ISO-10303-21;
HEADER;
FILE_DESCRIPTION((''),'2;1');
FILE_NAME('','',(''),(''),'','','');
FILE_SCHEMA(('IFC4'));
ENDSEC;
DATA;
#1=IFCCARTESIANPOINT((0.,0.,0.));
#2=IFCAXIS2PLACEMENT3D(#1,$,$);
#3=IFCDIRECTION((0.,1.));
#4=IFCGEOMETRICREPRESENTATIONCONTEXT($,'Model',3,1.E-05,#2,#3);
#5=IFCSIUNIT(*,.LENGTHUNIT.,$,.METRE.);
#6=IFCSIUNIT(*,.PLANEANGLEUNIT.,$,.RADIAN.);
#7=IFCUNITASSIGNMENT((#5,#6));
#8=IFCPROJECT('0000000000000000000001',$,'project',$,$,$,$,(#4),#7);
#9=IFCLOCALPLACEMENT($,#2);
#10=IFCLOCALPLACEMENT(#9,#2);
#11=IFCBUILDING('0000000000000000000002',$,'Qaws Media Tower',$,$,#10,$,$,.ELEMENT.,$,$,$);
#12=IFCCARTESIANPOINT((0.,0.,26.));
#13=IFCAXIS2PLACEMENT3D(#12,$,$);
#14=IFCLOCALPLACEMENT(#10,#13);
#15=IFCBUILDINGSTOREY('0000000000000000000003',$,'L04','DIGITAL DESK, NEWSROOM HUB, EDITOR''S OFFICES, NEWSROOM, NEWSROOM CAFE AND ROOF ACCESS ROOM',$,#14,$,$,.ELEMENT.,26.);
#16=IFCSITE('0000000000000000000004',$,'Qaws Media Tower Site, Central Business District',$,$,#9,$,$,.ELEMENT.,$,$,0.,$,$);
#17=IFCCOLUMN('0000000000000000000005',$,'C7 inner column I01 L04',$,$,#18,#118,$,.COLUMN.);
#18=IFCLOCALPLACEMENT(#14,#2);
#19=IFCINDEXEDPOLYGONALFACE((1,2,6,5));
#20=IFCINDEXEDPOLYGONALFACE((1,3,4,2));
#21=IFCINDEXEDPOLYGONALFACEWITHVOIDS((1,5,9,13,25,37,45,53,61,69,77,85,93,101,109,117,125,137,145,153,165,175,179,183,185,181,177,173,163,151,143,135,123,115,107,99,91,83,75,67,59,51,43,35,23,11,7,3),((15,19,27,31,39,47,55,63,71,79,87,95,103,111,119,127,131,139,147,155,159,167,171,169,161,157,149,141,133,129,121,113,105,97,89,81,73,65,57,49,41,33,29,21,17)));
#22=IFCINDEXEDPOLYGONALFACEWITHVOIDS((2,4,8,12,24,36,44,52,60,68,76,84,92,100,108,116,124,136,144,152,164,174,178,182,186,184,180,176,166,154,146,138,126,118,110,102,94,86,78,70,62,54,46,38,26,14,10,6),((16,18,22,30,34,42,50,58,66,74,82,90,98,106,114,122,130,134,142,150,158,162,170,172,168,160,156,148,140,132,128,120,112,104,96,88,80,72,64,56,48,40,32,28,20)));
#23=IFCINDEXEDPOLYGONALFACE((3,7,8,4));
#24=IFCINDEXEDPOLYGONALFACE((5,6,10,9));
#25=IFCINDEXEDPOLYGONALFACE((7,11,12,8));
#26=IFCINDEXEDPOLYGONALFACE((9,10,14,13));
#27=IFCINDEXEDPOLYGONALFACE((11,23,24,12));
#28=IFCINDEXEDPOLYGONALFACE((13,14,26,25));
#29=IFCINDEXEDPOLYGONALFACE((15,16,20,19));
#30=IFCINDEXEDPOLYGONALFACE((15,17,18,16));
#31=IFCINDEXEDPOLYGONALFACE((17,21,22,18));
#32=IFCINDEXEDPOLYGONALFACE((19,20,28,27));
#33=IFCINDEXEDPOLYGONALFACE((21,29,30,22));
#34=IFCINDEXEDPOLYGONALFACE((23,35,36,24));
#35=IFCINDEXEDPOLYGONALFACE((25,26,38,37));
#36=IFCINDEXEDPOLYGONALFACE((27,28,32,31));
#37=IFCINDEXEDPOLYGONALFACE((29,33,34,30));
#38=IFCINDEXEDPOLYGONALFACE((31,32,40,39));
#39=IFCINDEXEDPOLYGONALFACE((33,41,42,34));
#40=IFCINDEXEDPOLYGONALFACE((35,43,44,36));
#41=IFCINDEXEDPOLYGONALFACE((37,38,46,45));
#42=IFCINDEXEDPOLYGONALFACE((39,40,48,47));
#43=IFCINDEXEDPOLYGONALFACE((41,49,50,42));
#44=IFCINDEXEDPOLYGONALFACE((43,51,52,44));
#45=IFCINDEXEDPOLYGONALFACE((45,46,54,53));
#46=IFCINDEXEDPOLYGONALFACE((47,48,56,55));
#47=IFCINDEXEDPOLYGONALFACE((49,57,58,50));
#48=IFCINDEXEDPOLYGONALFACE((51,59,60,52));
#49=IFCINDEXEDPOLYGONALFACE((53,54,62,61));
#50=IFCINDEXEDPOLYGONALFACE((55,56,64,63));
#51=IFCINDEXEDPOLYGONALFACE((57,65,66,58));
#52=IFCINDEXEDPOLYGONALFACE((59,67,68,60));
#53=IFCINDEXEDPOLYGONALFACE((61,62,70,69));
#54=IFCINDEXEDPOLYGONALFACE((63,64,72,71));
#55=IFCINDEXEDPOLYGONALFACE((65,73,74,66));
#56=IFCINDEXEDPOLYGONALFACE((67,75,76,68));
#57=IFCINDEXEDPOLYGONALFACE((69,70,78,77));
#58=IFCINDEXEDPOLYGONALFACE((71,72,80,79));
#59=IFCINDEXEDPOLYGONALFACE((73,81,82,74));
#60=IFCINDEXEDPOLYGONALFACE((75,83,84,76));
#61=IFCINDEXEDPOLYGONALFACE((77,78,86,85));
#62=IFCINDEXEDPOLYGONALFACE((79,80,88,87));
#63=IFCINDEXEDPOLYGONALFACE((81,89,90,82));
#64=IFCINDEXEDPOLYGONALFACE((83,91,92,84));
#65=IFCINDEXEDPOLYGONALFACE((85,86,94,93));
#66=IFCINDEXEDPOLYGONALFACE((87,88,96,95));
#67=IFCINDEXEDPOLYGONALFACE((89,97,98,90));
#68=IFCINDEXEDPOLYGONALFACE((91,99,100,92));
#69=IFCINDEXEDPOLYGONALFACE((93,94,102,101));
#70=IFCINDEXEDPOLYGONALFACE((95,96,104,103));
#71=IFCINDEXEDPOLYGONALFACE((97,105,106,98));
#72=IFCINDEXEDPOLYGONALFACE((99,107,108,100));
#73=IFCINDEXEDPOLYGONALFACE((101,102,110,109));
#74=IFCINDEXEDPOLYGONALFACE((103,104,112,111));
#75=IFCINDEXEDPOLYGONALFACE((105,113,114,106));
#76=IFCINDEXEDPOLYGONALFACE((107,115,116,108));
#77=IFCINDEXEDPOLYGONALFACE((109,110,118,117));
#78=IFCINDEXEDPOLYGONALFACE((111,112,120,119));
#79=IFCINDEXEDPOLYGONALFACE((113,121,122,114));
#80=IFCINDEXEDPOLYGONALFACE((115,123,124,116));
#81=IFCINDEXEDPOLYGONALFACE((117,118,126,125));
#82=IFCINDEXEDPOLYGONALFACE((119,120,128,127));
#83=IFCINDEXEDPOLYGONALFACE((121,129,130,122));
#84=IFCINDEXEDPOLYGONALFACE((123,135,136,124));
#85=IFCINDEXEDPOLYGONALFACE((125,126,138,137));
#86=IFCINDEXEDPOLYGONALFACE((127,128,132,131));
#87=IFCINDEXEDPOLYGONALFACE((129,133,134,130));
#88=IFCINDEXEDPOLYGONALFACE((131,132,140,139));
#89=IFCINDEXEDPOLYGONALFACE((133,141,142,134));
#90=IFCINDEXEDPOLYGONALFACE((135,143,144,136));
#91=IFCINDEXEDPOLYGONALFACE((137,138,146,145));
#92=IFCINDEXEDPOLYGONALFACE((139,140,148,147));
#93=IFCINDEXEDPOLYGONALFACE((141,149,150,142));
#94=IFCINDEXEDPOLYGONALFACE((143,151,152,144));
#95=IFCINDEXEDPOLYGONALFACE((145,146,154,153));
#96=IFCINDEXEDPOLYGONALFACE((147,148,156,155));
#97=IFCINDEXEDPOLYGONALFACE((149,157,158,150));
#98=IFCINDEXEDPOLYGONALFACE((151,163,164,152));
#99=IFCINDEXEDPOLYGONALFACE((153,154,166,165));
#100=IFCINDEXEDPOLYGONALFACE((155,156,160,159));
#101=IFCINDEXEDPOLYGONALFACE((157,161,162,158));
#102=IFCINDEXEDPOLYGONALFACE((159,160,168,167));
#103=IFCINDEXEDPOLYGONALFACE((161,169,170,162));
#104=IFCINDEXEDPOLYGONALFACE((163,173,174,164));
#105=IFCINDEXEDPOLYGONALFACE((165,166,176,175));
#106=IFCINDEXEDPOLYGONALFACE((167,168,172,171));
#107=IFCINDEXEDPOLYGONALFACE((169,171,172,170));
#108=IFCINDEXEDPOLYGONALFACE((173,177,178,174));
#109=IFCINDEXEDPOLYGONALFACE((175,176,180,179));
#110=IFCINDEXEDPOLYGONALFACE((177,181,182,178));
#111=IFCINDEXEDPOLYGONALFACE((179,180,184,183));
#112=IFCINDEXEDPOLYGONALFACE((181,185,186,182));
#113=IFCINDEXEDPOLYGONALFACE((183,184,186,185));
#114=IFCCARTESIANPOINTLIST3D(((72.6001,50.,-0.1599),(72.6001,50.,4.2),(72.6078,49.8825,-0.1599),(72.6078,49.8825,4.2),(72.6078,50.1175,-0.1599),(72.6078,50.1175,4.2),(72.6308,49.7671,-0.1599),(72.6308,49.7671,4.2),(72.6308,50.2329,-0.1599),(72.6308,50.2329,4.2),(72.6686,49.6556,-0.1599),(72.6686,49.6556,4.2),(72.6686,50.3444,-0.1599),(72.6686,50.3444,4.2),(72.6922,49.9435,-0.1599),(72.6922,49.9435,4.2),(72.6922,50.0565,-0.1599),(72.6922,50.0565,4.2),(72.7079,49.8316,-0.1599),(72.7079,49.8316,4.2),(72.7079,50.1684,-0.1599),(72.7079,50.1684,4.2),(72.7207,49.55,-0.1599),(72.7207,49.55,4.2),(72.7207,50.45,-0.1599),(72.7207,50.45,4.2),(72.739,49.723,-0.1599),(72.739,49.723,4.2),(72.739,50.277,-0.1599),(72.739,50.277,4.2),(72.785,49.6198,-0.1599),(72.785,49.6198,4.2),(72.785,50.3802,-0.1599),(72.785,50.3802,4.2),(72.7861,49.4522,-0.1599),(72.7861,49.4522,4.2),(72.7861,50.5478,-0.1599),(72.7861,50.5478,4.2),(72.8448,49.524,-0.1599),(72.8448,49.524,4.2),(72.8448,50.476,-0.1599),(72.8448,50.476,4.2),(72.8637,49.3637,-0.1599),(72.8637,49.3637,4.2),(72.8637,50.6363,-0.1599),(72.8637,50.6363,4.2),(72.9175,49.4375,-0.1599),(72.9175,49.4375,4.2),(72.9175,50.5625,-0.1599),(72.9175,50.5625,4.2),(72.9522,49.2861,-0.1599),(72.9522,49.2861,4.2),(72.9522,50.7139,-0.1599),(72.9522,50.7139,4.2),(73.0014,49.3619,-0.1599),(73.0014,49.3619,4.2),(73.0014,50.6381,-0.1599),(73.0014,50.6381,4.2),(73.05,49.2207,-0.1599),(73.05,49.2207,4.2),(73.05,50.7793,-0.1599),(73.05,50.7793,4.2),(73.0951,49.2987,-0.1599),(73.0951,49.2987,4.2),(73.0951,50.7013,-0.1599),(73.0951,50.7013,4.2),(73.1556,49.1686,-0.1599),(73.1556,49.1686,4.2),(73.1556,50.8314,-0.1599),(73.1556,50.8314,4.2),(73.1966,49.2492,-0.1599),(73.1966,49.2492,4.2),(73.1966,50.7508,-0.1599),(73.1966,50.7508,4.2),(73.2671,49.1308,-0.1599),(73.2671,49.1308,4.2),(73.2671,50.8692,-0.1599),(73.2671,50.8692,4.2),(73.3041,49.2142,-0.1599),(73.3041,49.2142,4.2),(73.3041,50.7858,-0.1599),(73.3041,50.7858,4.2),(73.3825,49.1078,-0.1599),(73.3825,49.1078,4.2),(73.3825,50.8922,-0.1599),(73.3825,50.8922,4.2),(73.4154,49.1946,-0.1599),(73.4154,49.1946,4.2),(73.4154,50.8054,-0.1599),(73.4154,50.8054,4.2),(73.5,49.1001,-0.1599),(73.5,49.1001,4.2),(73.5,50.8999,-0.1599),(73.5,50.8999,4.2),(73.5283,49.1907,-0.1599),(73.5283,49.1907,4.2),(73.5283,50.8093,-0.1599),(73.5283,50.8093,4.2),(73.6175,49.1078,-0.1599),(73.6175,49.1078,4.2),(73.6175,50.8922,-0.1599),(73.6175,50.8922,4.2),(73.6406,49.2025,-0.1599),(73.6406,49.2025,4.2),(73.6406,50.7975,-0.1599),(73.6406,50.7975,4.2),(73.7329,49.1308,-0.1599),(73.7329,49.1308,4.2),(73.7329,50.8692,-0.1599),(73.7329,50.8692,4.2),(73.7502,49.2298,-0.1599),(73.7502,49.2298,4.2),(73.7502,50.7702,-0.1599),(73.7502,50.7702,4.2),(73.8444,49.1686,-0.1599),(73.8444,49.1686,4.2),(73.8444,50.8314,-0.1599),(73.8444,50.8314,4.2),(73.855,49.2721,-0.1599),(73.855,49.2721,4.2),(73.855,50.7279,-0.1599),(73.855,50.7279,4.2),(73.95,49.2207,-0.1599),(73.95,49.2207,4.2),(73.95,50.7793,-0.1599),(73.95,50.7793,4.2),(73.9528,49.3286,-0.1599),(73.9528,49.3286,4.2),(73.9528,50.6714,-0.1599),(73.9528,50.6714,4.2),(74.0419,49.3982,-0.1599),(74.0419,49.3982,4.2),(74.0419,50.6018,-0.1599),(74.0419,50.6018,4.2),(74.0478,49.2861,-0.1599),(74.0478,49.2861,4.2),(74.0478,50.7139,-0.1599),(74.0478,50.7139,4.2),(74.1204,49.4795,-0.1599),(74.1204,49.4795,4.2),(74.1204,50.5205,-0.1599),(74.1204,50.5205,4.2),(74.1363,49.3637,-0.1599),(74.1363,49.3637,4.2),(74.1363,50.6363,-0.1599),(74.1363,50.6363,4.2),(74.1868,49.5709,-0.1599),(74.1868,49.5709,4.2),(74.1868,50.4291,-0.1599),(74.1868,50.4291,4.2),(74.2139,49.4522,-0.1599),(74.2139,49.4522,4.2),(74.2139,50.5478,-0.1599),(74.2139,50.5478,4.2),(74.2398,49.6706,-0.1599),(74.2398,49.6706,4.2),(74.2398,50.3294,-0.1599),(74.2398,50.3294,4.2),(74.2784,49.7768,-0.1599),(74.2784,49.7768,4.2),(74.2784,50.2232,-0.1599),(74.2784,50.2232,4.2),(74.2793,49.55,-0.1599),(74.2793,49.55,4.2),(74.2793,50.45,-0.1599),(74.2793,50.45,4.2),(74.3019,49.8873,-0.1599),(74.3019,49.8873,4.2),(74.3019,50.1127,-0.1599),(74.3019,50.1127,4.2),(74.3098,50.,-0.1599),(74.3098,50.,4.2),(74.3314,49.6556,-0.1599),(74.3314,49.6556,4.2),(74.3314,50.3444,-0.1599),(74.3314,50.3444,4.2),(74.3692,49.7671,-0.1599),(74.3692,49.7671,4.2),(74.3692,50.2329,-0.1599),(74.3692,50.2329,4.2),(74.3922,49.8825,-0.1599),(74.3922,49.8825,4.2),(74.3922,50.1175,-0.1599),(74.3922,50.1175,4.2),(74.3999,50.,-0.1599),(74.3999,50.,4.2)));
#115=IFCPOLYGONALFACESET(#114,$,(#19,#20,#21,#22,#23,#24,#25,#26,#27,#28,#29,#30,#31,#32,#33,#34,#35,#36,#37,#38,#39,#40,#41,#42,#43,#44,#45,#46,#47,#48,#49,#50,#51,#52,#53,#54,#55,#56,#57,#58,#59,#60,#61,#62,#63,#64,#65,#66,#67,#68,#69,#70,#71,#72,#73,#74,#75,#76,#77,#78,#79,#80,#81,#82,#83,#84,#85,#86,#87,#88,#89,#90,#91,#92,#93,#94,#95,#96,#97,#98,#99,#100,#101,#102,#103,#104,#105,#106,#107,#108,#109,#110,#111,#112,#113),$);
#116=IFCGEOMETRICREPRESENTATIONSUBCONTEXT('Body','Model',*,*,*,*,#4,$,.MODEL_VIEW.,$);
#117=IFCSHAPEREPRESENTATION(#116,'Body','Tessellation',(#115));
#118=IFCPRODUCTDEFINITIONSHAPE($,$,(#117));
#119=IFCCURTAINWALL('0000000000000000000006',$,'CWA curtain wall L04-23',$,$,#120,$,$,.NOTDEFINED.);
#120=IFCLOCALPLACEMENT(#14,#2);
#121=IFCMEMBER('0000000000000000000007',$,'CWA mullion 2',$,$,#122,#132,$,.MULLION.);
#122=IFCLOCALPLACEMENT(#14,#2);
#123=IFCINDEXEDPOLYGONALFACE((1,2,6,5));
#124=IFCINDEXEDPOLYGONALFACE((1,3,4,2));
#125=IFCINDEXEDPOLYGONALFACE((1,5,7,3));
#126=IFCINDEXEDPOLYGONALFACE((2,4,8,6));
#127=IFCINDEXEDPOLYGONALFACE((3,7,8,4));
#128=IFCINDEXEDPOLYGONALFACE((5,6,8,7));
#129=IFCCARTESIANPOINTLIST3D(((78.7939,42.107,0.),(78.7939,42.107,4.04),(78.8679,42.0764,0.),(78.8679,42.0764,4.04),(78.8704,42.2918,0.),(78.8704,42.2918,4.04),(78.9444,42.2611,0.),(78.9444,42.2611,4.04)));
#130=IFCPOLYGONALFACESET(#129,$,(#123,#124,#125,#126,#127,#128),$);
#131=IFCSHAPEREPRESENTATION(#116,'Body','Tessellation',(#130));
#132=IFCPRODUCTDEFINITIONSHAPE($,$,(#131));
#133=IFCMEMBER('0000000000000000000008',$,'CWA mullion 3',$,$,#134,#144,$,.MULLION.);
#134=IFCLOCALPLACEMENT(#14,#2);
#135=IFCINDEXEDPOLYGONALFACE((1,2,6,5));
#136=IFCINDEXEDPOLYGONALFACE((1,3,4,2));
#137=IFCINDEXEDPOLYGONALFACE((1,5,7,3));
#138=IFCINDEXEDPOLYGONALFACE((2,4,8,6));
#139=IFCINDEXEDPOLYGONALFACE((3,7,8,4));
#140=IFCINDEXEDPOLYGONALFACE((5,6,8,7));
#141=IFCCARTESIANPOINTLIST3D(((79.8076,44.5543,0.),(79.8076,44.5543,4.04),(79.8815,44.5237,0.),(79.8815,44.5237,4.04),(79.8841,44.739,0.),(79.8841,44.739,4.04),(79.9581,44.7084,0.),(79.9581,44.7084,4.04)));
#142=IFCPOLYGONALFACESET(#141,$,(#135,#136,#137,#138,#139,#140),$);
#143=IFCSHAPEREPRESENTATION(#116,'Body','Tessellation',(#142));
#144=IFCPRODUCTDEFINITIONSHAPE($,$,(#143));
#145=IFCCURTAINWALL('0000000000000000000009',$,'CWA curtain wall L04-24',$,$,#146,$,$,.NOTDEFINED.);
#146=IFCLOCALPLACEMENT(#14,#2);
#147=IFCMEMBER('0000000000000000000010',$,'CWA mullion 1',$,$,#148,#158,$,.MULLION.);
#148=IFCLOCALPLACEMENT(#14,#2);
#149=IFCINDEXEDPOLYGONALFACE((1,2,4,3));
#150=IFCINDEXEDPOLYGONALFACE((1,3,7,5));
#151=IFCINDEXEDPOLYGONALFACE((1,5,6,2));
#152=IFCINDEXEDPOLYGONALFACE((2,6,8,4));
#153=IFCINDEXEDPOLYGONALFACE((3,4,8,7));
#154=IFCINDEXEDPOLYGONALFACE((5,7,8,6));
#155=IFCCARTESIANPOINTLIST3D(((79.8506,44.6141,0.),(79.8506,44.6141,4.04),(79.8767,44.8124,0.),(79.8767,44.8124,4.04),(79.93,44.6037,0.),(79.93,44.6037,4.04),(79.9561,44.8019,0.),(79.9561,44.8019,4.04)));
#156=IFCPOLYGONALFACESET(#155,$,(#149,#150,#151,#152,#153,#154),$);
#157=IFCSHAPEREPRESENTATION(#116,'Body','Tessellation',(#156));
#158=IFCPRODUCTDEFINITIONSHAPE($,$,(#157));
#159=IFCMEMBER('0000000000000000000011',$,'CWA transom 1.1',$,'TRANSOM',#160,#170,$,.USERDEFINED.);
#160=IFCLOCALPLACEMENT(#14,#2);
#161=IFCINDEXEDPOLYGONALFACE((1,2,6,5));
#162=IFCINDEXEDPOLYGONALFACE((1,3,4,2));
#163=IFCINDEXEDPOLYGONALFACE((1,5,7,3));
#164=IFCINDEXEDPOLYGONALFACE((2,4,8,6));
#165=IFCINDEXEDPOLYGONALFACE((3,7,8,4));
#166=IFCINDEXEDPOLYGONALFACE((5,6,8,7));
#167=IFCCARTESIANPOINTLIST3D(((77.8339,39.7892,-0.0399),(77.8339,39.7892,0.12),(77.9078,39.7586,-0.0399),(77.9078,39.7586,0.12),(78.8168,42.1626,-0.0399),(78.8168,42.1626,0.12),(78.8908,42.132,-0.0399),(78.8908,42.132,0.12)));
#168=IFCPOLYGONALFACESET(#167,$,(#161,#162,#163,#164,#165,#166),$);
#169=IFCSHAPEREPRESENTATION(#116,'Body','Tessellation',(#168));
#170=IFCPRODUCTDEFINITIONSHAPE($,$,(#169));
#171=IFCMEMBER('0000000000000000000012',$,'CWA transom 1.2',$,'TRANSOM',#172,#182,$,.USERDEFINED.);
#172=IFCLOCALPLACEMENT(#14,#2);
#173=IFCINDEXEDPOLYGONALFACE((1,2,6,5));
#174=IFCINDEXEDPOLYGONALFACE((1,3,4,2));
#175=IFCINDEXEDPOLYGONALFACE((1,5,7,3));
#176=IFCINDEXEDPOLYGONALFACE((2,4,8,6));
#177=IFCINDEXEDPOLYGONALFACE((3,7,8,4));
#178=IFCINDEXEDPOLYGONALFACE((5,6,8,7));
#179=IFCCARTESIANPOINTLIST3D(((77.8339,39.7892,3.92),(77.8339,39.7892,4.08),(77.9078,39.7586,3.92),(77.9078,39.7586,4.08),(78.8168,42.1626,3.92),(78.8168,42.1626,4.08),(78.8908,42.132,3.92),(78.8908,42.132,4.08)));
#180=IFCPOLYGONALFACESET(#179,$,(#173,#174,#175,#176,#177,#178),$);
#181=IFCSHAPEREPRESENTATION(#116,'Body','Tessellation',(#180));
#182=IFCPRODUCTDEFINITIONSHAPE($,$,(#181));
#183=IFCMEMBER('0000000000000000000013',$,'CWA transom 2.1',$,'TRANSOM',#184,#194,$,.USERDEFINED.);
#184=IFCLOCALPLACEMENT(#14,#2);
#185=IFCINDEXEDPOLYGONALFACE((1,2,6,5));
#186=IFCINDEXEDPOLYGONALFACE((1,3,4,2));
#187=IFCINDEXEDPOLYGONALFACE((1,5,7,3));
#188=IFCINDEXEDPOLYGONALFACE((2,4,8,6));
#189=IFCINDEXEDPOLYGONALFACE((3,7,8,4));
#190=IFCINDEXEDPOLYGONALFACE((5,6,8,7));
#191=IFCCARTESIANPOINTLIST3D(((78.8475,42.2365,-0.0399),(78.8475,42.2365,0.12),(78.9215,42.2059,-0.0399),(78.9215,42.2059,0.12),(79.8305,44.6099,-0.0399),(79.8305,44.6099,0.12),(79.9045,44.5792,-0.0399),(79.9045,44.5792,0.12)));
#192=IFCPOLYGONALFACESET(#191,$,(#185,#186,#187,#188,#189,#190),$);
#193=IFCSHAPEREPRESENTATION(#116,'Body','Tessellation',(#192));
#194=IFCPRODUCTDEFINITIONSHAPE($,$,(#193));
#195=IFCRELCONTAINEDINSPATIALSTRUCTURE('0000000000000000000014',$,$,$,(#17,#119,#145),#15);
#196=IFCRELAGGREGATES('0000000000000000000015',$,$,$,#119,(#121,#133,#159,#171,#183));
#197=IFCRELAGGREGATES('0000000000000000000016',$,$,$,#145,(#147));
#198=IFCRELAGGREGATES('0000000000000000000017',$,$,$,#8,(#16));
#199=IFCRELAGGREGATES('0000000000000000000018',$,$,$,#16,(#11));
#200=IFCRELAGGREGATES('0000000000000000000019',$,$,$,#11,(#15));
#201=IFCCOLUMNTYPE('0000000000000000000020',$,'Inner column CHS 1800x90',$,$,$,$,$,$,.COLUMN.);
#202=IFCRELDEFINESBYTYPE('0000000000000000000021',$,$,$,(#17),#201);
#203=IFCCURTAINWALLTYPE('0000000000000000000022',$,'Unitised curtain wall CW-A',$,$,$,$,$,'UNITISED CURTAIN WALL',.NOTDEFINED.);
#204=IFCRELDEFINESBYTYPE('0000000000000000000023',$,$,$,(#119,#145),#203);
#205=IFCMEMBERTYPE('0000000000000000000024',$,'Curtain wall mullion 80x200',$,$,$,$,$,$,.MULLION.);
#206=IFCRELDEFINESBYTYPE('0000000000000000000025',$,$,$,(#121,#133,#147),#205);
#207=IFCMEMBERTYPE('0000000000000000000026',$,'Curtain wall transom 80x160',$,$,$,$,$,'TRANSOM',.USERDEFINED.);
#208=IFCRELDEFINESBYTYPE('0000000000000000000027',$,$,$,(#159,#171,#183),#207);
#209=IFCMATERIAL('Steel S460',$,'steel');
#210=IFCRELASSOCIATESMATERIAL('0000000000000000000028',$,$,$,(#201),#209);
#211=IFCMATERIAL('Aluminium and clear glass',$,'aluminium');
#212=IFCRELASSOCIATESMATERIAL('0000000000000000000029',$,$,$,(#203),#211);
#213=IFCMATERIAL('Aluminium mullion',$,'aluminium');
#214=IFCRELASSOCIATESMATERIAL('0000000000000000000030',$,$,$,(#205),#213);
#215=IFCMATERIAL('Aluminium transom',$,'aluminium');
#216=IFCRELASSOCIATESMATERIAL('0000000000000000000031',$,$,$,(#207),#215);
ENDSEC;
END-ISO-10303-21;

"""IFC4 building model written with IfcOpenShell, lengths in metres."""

from ifc_helpers import new_model, si_unit, direction, frame, origin, origin_2d, place, context, subcontext, project, spatial, rectangle, hollow_circle, extrude, material, material_profile, profile_set, type_object, element, aggregate, save


model = new_model("IFC4")

# Units and contexts
model_context = context("Model", 3, precision=1e-05, world=origin(), true_north=direction((0.0, 1.0)))
body_context = subcontext(model_context, "Body", "Model", "MODEL_VIEW")
ifc_project = project(units=[si_unit("LENGTHUNIT", "METRE"), si_unit("PLANEANGLEUNIT", "RADIAN")], contexts=[model_context])

# Site, building, storey
site_placement = place(None, origin())
site = spatial("IfcSite", under=ifc_project, at=site_placement, Name="Qaws Media Tower Site, Central Business District", CompositionType="ELEMENT", RefElevation=0.0)
building_placement = place(site_placement, origin())
building = spatial("IfcBuilding", under=site, at=building_placement, Name="Qaws Media Tower", CompositionType="ELEMENT")
storey_placement = place(building_placement, frame((0.0, 0.0, 26.0)))
storey = spatial("IfcBuildingStorey", under=building, at=storey_placement, Name="L04", Description="DIGITAL DESK, NEWSROOM HUB, EDITOR'S OFFICES, NEWSROOM, NEWSROOM CAFE AND ROOF ACCESS ROOM", CompositionType="ELEMENT", Elevation=26.0)

# Column
ifc_material_1 = material(Name="Steel S460", Category="steel")
ifc_material_profile_1 = material_profile(ifc_material_1, hollow_circle(Radius=0.8999, WallThickness=0.0901, at=origin_2d()), Name="CHS 1800x90")
ifc_profile_set_1 = profile_set([ifc_material_profile_1], Name="Steel S460")
column_type = type_object("IfcColumnType", Name="Inner column CHS 1800x90", PredefinedType="COLUMN", material=ifc_profile_set_1)
column_placement = place(storey_placement, frame((73.5, 50.0, -0.1599), z_axis=(0.0, 0.0, 1.0), x_axis=(1.0, 0.0, 0.0)))
element("IfcColumn", 1, at=column_placement, inside=storey, type_object=column_type, Name="C7 inner column I01 L04", PredefinedType="COLUMN", context=body_context, shape_type="SweptSolid", body=[
    extrude(hollow_circle(Radius=0.8999, WallThickness=0.0901, at=origin_2d()), origin(), (0.0, 0.0, 1.0), 4.3599),
])

# Curtain wall, members
ifc_material_2 = material(Name="Aluminium and clear glass", Category="aluminium")
curtain_wall_type = type_object("IfcCurtainWallType", Name="Unitised curtain wall CW-A", ElementType="UNITISED CURTAIN WALL", PredefinedType="NOTDEFINED", material=ifc_material_2)
curtain_wall_1_placement = place(storey_placement, origin())
curtain_wall_1 = element("IfcCurtainWall", 2, at=curtain_wall_1_placement, inside=storey, type_object=curtain_wall_type, Name="CWA curtain wall L04-23", PredefinedType="NOTDEFINED")
ifc_material_3 = material(Name="Aluminium mullion", Category="aluminium")
ifc_material_profile_2 = material_profile(ifc_material_3, rectangle(XDim=0.0801, YDim=0.2, at=origin_2d()), Name="80x200")
ifc_profile_set_2 = profile_set([ifc_material_profile_2], Name="Aluminium mullion")
member_type_1 = type_object("IfcMemberType", Name="Curtain wall mullion 80x200", PredefinedType="MULLION", material=ifc_profile_set_2)
member_1_placement = place(storey_placement, frame((78.8691, 42.1841, 0.0), z_axis=(0.0, 0.0, 1.0), x_axis=(-0.92388, 0.382683, 0.0)))
member_1 = element("IfcMember", 3, at=member_1_placement, type_object=member_type_1, Name="CWA mullion 2", PredefinedType="MULLION", context=body_context, shape_type="SweptSolid", body=[
    extrude(rectangle(XDim=0.0801, YDim=0.2, at=origin_2d()), origin(), (0.0, 0.0, 1.0), 4.04),
])
member_2_placement = place(storey_placement, frame((79.8828, 44.6313, 0.0), z_axis=(0.0, 0.0, 1.0), x_axis=(-0.92388, 0.382683, 0.0)))
member_2 = element("IfcMember", 4, at=member_2_placement, type_object=member_type_1, Name="CWA mullion 3", PredefinedType="MULLION", context=body_context, shape_type="SweptSolid", body=[
    extrude(rectangle(XDim=0.0801, YDim=0.2, at=origin_2d()), origin(), (0.0, 0.0, 1.0), 4.04),
])

# Curtain wall, member
curtain_wall_2_placement = place(storey_placement, origin())
curtain_wall_2 = element("IfcCurtainWall", 5, at=curtain_wall_2_placement, inside=storey, type_object=curtain_wall_type, Name="CWA curtain wall L04-24", PredefinedType="NOTDEFINED")
member_3_placement = place(storey_placement, frame((79.9033, 44.708, 0.0), z_axis=(0.0, 0.0, 1.0), x_axis=(-0.991445, 0.130526, 0.0)))
member_3 = element("IfcMember", 6, at=member_3_placement, type_object=member_type_1, Name="CWA mullion 1", PredefinedType="MULLION", context=body_context, shape_type="SweptSolid", body=[
    extrude(rectangle(XDim=0.0801, YDim=0.2, at=origin_2d()), origin(), (0.0, 0.0, 1.0), 4.04),
])

# Members
ifc_material_4 = material(Name="Aluminium transom", Category="aluminium")
ifc_material_profile_3 = material_profile(ifc_material_4, rectangle(XDim=0.0801, YDim=0.1599, at=origin_2d()), Name="80x160")
ifc_profile_set_3 = profile_set([ifc_material_profile_3], Name="Aluminium transom")
member_type_2 = type_object("IfcMemberType", Name="Curtain wall transom 80x160", ElementType="TRANSOM", PredefinedType="USERDEFINED", material=ifc_profile_set_3)
member_4_placement = place(storey_placement, frame((77.8708, 39.7739, 0.04), z_axis=(0.382637, 0.923899, 0.0), x_axis=(-0.923899, 0.382637, 0.0)))
member_4 = element("IfcMember", 7, at=member_4_placement, type_object=member_type_2, Name="CWA transom 1.1", ObjectType="TRANSOM", PredefinedType="USERDEFINED", context=body_context, shape_type="SweptSolid", body=[
    extrude(rectangle(XDim=0.0801, YDim=0.1599, at=origin_2d()), origin(), (0.0, 0.0, 1.0), 2.5688),
])
member_5_placement = place(storey_placement, frame((77.8708, 39.7739, 4.0), z_axis=(0.382637, 0.923899, 0.0), x_axis=(-0.923899, 0.382637, 0.0)))
member_5 = element("IfcMember", 8, at=member_5_placement, type_object=member_type_2, Name="CWA transom 1.2", ObjectType="TRANSOM", PredefinedType="USERDEFINED", context=body_context, shape_type="SweptSolid", body=[
    extrude(rectangle(XDim=0.0801, YDim=0.1599, at=origin_2d()), origin(), (0.0, 0.0, 1.0), 2.5688),
])
member_6_placement = place(storey_placement, frame((78.8845, 42.2212, 0.04), z_axis=(0.382637, 0.923899, 0.0), x_axis=(-0.923899, 0.382637, 0.0)))
member_6 = element("IfcMember", 9, at=member_6_placement, type_object=member_type_2, Name="CWA transom 2.1", ObjectType="TRANSOM", PredefinedType="USERDEFINED", context=body_context, shape_type="SweptSolid", body=[
    extrude(rectangle(XDim=0.0801, YDim=0.1599, at=origin_2d()), origin(), (0.0, 0.0, 1.0), 2.5688),
])

aggregate(curtain_wall_1, [member_1, member_2, member_4, member_5, member_6])
aggregate(curtain_wall_2, [member_3])

save(model, "model.ifc")
